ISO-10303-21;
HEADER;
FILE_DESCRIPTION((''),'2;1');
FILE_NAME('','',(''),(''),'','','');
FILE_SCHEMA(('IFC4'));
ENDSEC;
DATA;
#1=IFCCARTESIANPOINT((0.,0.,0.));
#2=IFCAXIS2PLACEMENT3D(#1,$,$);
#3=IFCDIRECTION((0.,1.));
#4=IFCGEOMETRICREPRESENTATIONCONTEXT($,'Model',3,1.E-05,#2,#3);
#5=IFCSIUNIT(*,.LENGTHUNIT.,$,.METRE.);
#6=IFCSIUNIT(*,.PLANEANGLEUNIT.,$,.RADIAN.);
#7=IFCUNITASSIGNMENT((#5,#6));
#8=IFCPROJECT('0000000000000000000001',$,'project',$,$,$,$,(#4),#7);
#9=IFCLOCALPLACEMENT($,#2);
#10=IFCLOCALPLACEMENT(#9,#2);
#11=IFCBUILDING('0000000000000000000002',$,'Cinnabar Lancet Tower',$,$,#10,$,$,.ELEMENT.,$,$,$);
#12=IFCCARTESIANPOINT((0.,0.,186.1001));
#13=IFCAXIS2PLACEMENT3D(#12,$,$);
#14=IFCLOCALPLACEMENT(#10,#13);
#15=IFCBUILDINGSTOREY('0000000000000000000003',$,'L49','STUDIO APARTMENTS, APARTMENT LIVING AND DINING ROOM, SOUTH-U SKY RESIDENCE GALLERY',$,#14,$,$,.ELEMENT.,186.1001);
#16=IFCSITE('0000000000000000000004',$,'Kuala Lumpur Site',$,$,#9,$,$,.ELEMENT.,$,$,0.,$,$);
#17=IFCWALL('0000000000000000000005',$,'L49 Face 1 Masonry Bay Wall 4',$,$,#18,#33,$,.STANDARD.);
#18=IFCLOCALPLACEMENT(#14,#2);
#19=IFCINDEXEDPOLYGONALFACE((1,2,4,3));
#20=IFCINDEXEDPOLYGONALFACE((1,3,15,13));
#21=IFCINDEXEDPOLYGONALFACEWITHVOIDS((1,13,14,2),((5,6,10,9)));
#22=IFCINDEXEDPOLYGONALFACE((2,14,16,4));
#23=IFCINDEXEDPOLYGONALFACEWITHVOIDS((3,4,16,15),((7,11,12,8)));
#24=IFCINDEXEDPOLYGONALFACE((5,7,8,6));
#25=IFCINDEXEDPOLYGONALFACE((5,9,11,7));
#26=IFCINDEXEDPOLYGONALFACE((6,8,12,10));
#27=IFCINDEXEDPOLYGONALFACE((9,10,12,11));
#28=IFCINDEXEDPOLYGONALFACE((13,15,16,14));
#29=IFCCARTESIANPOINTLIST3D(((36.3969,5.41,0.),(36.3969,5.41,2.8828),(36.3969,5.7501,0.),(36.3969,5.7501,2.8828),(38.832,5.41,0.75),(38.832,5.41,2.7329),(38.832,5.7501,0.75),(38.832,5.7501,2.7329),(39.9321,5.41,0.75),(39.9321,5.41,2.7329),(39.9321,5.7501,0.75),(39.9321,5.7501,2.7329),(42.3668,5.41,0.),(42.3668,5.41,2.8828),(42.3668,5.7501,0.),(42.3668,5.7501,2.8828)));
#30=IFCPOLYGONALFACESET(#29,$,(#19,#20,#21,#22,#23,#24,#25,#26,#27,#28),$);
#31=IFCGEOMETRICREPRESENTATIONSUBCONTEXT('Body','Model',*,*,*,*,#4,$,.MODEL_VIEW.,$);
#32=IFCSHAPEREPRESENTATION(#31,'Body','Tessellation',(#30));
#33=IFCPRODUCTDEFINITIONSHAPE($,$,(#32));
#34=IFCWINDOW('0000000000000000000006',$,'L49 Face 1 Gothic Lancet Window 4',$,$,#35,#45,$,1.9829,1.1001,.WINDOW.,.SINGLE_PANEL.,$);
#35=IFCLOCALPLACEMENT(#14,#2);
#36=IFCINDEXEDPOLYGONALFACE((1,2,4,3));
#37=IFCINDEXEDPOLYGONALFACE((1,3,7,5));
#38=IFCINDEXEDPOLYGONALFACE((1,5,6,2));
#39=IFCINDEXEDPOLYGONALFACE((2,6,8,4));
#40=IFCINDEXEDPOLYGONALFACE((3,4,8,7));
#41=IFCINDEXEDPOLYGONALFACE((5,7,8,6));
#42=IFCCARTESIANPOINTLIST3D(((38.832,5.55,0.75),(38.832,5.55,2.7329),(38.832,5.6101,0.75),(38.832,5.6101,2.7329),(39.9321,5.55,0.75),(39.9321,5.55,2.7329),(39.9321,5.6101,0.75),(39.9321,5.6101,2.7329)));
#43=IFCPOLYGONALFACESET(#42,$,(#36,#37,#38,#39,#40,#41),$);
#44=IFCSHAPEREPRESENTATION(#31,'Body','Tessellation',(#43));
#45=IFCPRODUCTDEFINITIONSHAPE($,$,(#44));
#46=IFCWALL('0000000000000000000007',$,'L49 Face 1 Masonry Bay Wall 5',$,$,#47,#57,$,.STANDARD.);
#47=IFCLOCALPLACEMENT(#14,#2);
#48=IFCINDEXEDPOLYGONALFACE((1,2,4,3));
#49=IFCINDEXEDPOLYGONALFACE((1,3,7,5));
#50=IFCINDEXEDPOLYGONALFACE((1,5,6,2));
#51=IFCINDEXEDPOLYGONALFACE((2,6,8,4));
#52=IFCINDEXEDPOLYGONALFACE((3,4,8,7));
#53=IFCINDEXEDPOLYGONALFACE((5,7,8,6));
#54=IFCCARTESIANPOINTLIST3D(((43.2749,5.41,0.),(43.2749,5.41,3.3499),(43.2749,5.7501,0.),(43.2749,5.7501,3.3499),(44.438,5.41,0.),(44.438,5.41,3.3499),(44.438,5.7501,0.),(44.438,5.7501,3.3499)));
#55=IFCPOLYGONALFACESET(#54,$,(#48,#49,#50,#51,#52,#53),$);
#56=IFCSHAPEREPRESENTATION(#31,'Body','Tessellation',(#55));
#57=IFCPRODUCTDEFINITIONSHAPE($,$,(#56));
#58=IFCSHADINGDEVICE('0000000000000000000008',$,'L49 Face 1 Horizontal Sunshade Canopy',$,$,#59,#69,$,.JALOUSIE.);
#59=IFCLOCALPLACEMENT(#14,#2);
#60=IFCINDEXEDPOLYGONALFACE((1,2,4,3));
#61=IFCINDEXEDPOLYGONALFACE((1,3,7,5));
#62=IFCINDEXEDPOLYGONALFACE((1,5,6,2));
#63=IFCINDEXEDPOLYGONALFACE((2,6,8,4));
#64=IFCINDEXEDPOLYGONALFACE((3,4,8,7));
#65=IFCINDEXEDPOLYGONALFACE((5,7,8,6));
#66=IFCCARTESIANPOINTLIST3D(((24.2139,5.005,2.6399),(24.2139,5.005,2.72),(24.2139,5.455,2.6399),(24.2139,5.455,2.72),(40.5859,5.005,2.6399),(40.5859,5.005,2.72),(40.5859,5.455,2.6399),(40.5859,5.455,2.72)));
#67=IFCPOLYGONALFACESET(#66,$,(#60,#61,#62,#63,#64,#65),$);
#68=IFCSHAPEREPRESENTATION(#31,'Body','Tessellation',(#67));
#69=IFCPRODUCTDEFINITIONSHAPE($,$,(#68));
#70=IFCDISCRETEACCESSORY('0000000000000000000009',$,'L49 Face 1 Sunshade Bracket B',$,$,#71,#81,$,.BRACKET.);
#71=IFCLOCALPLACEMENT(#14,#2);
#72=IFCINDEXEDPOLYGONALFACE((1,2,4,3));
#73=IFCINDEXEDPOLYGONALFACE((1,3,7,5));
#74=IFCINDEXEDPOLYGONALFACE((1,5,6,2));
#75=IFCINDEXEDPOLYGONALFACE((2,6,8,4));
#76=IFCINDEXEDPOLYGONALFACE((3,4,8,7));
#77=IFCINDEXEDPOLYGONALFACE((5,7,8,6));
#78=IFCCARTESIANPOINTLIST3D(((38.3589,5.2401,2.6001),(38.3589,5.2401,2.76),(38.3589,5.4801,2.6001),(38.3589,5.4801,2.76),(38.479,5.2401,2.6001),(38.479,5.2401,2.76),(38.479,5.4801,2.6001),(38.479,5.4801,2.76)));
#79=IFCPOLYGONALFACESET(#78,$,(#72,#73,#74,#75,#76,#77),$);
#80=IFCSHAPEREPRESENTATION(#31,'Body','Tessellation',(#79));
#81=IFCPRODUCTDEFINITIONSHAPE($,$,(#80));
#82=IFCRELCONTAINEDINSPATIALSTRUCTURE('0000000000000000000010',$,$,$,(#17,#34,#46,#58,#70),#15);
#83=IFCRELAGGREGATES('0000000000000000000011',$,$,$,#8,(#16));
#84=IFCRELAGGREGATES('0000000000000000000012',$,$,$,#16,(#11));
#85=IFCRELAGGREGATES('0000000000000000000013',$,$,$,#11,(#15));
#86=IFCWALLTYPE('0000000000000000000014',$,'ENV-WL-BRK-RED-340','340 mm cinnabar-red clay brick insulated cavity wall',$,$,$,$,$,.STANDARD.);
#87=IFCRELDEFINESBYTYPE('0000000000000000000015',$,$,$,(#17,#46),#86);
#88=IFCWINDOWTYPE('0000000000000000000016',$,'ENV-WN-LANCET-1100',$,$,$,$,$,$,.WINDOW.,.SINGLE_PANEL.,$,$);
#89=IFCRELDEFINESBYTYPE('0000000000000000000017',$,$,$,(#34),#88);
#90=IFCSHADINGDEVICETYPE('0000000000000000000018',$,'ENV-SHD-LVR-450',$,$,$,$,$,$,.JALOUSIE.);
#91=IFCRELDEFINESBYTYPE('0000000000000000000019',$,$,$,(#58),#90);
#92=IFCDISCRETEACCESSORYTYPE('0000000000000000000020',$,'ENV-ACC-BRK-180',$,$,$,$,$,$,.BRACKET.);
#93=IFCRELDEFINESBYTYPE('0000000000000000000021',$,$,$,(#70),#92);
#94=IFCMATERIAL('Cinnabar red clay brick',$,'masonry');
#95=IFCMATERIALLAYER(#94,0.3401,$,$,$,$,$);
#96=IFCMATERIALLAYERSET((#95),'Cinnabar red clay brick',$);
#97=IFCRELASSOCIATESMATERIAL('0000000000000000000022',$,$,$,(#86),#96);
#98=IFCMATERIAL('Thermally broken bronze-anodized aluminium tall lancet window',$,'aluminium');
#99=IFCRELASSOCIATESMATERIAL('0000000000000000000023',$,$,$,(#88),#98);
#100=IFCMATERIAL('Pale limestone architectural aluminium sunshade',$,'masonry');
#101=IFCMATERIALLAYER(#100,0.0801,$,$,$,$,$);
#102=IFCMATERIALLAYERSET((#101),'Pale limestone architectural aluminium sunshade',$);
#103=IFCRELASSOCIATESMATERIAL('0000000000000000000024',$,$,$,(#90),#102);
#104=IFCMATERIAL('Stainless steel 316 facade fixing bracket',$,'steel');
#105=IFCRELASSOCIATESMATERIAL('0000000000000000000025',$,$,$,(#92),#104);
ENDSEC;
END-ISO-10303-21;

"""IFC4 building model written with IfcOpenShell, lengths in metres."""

from ifc_helpers import new_model, si_unit, direction, frame, frame_2d, origin, origin_2d, place, context, subcontext, project, spatial, rectangle, extrude, material, layer, layer_set, type_object, element, fill, save


model = new_model("IFC4")

# Units and contexts
model_context = context("Model", 3, precision=1e-05, world=origin(), true_north=direction((0.0, 1.0)))
body_context = subcontext(model_context, "Body", "Model", "MODEL_VIEW")
ifc_project = project(units=[si_unit("LENGTHUNIT", "METRE"), si_unit("PLANEANGLEUNIT", "RADIAN")], contexts=[model_context])

# Site, building, storey
site_placement = place(None, origin())
site = spatial("IfcSite", under=ifc_project, at=site_placement, Name="Kuala Lumpur Site", CompositionType="ELEMENT", RefElevation=0.0)
building_placement = place(site_placement, origin())
building = spatial("IfcBuilding", under=site, at=building_placement, Name="Cinnabar Lancet Tower", CompositionType="ELEMENT")
storey_placement = place(building_placement, frame((0.0, 0.0, 186.1001)))
storey = spatial("IfcBuildingStorey", under=building, at=storey_placement, Name="L49", Description="STUDIO APARTMENTS, APARTMENT LIVING AND DINING ROOM, SOUTH-U SKY RESIDENCE GALLERY", CompositionType="ELEMENT", Elevation=186.1001)

# Wall, opening, window
ifc_material_1 = material(Name="Cinnabar red clay brick", Category="masonry")
ifc_layer_1 = layer(ifc_material_1, 0.3401)
ifc_layer_set_1 = layer_set([ifc_layer_1], Name="Cinnabar red clay brick")
wall_type_1 = type_object("IfcWallType", Name="ENV-WL-BRK-RED-340", Description="340 mm cinnabar-red clay brick insulated cavity wall", PredefinedType="STANDARD", material=ifc_layer_set_1)
wall_1_placement = place(storey_placement, frame((36.397, 5.5801, 0.0), z_axis=(0.0, 0.0, 1.0), x_axis=(1.0, 0.0, 0.0)))
wall_1 = element("IfcWall", 1, at=wall_1_placement, inside=storey, type_object=wall_type_1, Name="L49 Face 1 Masonry Bay Wall 4", PredefinedType="STANDARD", context=body_context, shape_type="SweptSolid", body=[
    extrude(rectangle(XDim=5.97, YDim=0.3401, at=frame_2d((2.9849, 0.0))), origin(), (0.0, 0.0, 1.0), 2.8828),
])
opening_1_placement = place(wall_1_placement, frame((2.4351, 0.0, 0.75)))
opening_1 = element("IfcOpeningElement", 2, at=opening_1_placement, cuts=wall_1, PredefinedType="OPENING", context=body_context, shape_type="SweptSolid", body=[
    extrude(rectangle(XDim=1.1001, YDim=1.9829, at=frame_2d((0.55, 0.9915))), frame((0.0, 0.1799, 0.0), z_axis=(0.0, -1.0, 0.0), x_axis=(1.0, 0.0, 0.0)), (0.0, 0.0, 1.0), 0.3601),
])
ifc_material_2 = material(Name="Thermally broken bronze-anodized aluminium tall lancet window", Category="aluminium")
window_type = type_object("IfcWindowType", Name="ENV-WN-LANCET-1100", PartitioningType="SINGLE_PANEL", PredefinedType="WINDOW", material=ifc_material_2)
window_placement = place(opening_1_placement, origin())
window = element("IfcWindow", 3, at=window_placement, inside=storey, type_object=window_type, Name="L49 Face 1 Gothic Lancet Window 4", OverallHeight=1.9829, OverallWidth=1.1001, PartitioningType="SINGLE_PANEL", PredefinedType="WINDOW", context=body_context, shape_type="SweptSolid", body=[
    extrude(rectangle(XDim=1.1001, YDim=1.9829, at=frame_2d((0.55, 0.9915))), frame((0.0, 0.03, 0.0), z_axis=(0.0, -1.0, 0.0), x_axis=(1.0, 0.0, 0.0)), (0.0, 0.0, 1.0), 0.0601),
])
fill(opening_1, window)

# Wall
wall_2_placement = place(storey_placement, frame((43.2749, 5.5801, 0.0), z_axis=(0.0, 0.0, 1.0), x_axis=(1.0, 0.0, 0.0)))
element("IfcWall", 4, at=wall_2_placement, inside=storey, type_object=wall_type_1, Name="L49 Face 1 Masonry Bay Wall 5", PredefinedType="STANDARD", context=body_context, shape_type="SweptSolid", body=[
    extrude(rectangle(XDim=1.1631, YDim=0.3401, at=frame_2d((0.5815, 0.0))), origin(), (0.0, 0.0, 1.0), 3.3499),
])

# Shading device
ifc_material_3 = material(Name="Pale limestone architectural aluminium sunshade", Category="masonry")
ifc_layer_2 = layer(ifc_material_3, 0.0801)
ifc_layer_set_2 = layer_set([ifc_layer_2], Name="Pale limestone architectural aluminium sunshade")
shading_device_type = type_object("IfcShadingDeviceType", Name="ENV-SHD-LVR-450", PredefinedType="JALOUSIE", material=ifc_layer_set_2)
shading_device_placement = place(storey_placement, frame((32.3999, 5.23, 2.6399), z_axis=(0.0, 0.0, 1.0), x_axis=(1.0, 0.0, 0.0)))
element("IfcShadingDevice", 5, at=shading_device_placement, inside=storey, type_object=shading_device_type, Name="L49 Face 1 Horizontal Sunshade Canopy", PredefinedType="JALOUSIE", context=body_context, shape_type="SweptSolid", body=[
    extrude(rectangle(XDim=16.3721, YDim=0.45, at=origin_2d()), origin(), (0.0, 0.0, 1.0), 0.0801),
])

# Discrete accessory
ifc_material_4 = material(Name="Stainless steel 316 facade fixing bracket", Category="steel")
discrete_accessory_type = type_object("IfcDiscreteAccessoryType", Name="ENV-ACC-BRK-180", PredefinedType="BRACKET", material=ifc_material_4)
discrete_accessory_placement = place(storey_placement, frame((38.4189, 5.3601, 2.6001), z_axis=(0.0, 0.0, 1.0), x_axis=(1.0, 0.0, 0.0)))
element("IfcDiscreteAccessory", 6, at=discrete_accessory_placement, inside=storey, type_object=discrete_accessory_type, Name="L49 Face 1 Sunshade Bracket B", PredefinedType="BRACKET", context=body_context, shape_type="SweptSolid", body=[
    extrude(rectangle(XDim=0.1201, YDim=0.24, at=origin_2d()), origin(), (0.0, 0.0, 1.0), 0.1599),
])

save(model, "model.ifc")
